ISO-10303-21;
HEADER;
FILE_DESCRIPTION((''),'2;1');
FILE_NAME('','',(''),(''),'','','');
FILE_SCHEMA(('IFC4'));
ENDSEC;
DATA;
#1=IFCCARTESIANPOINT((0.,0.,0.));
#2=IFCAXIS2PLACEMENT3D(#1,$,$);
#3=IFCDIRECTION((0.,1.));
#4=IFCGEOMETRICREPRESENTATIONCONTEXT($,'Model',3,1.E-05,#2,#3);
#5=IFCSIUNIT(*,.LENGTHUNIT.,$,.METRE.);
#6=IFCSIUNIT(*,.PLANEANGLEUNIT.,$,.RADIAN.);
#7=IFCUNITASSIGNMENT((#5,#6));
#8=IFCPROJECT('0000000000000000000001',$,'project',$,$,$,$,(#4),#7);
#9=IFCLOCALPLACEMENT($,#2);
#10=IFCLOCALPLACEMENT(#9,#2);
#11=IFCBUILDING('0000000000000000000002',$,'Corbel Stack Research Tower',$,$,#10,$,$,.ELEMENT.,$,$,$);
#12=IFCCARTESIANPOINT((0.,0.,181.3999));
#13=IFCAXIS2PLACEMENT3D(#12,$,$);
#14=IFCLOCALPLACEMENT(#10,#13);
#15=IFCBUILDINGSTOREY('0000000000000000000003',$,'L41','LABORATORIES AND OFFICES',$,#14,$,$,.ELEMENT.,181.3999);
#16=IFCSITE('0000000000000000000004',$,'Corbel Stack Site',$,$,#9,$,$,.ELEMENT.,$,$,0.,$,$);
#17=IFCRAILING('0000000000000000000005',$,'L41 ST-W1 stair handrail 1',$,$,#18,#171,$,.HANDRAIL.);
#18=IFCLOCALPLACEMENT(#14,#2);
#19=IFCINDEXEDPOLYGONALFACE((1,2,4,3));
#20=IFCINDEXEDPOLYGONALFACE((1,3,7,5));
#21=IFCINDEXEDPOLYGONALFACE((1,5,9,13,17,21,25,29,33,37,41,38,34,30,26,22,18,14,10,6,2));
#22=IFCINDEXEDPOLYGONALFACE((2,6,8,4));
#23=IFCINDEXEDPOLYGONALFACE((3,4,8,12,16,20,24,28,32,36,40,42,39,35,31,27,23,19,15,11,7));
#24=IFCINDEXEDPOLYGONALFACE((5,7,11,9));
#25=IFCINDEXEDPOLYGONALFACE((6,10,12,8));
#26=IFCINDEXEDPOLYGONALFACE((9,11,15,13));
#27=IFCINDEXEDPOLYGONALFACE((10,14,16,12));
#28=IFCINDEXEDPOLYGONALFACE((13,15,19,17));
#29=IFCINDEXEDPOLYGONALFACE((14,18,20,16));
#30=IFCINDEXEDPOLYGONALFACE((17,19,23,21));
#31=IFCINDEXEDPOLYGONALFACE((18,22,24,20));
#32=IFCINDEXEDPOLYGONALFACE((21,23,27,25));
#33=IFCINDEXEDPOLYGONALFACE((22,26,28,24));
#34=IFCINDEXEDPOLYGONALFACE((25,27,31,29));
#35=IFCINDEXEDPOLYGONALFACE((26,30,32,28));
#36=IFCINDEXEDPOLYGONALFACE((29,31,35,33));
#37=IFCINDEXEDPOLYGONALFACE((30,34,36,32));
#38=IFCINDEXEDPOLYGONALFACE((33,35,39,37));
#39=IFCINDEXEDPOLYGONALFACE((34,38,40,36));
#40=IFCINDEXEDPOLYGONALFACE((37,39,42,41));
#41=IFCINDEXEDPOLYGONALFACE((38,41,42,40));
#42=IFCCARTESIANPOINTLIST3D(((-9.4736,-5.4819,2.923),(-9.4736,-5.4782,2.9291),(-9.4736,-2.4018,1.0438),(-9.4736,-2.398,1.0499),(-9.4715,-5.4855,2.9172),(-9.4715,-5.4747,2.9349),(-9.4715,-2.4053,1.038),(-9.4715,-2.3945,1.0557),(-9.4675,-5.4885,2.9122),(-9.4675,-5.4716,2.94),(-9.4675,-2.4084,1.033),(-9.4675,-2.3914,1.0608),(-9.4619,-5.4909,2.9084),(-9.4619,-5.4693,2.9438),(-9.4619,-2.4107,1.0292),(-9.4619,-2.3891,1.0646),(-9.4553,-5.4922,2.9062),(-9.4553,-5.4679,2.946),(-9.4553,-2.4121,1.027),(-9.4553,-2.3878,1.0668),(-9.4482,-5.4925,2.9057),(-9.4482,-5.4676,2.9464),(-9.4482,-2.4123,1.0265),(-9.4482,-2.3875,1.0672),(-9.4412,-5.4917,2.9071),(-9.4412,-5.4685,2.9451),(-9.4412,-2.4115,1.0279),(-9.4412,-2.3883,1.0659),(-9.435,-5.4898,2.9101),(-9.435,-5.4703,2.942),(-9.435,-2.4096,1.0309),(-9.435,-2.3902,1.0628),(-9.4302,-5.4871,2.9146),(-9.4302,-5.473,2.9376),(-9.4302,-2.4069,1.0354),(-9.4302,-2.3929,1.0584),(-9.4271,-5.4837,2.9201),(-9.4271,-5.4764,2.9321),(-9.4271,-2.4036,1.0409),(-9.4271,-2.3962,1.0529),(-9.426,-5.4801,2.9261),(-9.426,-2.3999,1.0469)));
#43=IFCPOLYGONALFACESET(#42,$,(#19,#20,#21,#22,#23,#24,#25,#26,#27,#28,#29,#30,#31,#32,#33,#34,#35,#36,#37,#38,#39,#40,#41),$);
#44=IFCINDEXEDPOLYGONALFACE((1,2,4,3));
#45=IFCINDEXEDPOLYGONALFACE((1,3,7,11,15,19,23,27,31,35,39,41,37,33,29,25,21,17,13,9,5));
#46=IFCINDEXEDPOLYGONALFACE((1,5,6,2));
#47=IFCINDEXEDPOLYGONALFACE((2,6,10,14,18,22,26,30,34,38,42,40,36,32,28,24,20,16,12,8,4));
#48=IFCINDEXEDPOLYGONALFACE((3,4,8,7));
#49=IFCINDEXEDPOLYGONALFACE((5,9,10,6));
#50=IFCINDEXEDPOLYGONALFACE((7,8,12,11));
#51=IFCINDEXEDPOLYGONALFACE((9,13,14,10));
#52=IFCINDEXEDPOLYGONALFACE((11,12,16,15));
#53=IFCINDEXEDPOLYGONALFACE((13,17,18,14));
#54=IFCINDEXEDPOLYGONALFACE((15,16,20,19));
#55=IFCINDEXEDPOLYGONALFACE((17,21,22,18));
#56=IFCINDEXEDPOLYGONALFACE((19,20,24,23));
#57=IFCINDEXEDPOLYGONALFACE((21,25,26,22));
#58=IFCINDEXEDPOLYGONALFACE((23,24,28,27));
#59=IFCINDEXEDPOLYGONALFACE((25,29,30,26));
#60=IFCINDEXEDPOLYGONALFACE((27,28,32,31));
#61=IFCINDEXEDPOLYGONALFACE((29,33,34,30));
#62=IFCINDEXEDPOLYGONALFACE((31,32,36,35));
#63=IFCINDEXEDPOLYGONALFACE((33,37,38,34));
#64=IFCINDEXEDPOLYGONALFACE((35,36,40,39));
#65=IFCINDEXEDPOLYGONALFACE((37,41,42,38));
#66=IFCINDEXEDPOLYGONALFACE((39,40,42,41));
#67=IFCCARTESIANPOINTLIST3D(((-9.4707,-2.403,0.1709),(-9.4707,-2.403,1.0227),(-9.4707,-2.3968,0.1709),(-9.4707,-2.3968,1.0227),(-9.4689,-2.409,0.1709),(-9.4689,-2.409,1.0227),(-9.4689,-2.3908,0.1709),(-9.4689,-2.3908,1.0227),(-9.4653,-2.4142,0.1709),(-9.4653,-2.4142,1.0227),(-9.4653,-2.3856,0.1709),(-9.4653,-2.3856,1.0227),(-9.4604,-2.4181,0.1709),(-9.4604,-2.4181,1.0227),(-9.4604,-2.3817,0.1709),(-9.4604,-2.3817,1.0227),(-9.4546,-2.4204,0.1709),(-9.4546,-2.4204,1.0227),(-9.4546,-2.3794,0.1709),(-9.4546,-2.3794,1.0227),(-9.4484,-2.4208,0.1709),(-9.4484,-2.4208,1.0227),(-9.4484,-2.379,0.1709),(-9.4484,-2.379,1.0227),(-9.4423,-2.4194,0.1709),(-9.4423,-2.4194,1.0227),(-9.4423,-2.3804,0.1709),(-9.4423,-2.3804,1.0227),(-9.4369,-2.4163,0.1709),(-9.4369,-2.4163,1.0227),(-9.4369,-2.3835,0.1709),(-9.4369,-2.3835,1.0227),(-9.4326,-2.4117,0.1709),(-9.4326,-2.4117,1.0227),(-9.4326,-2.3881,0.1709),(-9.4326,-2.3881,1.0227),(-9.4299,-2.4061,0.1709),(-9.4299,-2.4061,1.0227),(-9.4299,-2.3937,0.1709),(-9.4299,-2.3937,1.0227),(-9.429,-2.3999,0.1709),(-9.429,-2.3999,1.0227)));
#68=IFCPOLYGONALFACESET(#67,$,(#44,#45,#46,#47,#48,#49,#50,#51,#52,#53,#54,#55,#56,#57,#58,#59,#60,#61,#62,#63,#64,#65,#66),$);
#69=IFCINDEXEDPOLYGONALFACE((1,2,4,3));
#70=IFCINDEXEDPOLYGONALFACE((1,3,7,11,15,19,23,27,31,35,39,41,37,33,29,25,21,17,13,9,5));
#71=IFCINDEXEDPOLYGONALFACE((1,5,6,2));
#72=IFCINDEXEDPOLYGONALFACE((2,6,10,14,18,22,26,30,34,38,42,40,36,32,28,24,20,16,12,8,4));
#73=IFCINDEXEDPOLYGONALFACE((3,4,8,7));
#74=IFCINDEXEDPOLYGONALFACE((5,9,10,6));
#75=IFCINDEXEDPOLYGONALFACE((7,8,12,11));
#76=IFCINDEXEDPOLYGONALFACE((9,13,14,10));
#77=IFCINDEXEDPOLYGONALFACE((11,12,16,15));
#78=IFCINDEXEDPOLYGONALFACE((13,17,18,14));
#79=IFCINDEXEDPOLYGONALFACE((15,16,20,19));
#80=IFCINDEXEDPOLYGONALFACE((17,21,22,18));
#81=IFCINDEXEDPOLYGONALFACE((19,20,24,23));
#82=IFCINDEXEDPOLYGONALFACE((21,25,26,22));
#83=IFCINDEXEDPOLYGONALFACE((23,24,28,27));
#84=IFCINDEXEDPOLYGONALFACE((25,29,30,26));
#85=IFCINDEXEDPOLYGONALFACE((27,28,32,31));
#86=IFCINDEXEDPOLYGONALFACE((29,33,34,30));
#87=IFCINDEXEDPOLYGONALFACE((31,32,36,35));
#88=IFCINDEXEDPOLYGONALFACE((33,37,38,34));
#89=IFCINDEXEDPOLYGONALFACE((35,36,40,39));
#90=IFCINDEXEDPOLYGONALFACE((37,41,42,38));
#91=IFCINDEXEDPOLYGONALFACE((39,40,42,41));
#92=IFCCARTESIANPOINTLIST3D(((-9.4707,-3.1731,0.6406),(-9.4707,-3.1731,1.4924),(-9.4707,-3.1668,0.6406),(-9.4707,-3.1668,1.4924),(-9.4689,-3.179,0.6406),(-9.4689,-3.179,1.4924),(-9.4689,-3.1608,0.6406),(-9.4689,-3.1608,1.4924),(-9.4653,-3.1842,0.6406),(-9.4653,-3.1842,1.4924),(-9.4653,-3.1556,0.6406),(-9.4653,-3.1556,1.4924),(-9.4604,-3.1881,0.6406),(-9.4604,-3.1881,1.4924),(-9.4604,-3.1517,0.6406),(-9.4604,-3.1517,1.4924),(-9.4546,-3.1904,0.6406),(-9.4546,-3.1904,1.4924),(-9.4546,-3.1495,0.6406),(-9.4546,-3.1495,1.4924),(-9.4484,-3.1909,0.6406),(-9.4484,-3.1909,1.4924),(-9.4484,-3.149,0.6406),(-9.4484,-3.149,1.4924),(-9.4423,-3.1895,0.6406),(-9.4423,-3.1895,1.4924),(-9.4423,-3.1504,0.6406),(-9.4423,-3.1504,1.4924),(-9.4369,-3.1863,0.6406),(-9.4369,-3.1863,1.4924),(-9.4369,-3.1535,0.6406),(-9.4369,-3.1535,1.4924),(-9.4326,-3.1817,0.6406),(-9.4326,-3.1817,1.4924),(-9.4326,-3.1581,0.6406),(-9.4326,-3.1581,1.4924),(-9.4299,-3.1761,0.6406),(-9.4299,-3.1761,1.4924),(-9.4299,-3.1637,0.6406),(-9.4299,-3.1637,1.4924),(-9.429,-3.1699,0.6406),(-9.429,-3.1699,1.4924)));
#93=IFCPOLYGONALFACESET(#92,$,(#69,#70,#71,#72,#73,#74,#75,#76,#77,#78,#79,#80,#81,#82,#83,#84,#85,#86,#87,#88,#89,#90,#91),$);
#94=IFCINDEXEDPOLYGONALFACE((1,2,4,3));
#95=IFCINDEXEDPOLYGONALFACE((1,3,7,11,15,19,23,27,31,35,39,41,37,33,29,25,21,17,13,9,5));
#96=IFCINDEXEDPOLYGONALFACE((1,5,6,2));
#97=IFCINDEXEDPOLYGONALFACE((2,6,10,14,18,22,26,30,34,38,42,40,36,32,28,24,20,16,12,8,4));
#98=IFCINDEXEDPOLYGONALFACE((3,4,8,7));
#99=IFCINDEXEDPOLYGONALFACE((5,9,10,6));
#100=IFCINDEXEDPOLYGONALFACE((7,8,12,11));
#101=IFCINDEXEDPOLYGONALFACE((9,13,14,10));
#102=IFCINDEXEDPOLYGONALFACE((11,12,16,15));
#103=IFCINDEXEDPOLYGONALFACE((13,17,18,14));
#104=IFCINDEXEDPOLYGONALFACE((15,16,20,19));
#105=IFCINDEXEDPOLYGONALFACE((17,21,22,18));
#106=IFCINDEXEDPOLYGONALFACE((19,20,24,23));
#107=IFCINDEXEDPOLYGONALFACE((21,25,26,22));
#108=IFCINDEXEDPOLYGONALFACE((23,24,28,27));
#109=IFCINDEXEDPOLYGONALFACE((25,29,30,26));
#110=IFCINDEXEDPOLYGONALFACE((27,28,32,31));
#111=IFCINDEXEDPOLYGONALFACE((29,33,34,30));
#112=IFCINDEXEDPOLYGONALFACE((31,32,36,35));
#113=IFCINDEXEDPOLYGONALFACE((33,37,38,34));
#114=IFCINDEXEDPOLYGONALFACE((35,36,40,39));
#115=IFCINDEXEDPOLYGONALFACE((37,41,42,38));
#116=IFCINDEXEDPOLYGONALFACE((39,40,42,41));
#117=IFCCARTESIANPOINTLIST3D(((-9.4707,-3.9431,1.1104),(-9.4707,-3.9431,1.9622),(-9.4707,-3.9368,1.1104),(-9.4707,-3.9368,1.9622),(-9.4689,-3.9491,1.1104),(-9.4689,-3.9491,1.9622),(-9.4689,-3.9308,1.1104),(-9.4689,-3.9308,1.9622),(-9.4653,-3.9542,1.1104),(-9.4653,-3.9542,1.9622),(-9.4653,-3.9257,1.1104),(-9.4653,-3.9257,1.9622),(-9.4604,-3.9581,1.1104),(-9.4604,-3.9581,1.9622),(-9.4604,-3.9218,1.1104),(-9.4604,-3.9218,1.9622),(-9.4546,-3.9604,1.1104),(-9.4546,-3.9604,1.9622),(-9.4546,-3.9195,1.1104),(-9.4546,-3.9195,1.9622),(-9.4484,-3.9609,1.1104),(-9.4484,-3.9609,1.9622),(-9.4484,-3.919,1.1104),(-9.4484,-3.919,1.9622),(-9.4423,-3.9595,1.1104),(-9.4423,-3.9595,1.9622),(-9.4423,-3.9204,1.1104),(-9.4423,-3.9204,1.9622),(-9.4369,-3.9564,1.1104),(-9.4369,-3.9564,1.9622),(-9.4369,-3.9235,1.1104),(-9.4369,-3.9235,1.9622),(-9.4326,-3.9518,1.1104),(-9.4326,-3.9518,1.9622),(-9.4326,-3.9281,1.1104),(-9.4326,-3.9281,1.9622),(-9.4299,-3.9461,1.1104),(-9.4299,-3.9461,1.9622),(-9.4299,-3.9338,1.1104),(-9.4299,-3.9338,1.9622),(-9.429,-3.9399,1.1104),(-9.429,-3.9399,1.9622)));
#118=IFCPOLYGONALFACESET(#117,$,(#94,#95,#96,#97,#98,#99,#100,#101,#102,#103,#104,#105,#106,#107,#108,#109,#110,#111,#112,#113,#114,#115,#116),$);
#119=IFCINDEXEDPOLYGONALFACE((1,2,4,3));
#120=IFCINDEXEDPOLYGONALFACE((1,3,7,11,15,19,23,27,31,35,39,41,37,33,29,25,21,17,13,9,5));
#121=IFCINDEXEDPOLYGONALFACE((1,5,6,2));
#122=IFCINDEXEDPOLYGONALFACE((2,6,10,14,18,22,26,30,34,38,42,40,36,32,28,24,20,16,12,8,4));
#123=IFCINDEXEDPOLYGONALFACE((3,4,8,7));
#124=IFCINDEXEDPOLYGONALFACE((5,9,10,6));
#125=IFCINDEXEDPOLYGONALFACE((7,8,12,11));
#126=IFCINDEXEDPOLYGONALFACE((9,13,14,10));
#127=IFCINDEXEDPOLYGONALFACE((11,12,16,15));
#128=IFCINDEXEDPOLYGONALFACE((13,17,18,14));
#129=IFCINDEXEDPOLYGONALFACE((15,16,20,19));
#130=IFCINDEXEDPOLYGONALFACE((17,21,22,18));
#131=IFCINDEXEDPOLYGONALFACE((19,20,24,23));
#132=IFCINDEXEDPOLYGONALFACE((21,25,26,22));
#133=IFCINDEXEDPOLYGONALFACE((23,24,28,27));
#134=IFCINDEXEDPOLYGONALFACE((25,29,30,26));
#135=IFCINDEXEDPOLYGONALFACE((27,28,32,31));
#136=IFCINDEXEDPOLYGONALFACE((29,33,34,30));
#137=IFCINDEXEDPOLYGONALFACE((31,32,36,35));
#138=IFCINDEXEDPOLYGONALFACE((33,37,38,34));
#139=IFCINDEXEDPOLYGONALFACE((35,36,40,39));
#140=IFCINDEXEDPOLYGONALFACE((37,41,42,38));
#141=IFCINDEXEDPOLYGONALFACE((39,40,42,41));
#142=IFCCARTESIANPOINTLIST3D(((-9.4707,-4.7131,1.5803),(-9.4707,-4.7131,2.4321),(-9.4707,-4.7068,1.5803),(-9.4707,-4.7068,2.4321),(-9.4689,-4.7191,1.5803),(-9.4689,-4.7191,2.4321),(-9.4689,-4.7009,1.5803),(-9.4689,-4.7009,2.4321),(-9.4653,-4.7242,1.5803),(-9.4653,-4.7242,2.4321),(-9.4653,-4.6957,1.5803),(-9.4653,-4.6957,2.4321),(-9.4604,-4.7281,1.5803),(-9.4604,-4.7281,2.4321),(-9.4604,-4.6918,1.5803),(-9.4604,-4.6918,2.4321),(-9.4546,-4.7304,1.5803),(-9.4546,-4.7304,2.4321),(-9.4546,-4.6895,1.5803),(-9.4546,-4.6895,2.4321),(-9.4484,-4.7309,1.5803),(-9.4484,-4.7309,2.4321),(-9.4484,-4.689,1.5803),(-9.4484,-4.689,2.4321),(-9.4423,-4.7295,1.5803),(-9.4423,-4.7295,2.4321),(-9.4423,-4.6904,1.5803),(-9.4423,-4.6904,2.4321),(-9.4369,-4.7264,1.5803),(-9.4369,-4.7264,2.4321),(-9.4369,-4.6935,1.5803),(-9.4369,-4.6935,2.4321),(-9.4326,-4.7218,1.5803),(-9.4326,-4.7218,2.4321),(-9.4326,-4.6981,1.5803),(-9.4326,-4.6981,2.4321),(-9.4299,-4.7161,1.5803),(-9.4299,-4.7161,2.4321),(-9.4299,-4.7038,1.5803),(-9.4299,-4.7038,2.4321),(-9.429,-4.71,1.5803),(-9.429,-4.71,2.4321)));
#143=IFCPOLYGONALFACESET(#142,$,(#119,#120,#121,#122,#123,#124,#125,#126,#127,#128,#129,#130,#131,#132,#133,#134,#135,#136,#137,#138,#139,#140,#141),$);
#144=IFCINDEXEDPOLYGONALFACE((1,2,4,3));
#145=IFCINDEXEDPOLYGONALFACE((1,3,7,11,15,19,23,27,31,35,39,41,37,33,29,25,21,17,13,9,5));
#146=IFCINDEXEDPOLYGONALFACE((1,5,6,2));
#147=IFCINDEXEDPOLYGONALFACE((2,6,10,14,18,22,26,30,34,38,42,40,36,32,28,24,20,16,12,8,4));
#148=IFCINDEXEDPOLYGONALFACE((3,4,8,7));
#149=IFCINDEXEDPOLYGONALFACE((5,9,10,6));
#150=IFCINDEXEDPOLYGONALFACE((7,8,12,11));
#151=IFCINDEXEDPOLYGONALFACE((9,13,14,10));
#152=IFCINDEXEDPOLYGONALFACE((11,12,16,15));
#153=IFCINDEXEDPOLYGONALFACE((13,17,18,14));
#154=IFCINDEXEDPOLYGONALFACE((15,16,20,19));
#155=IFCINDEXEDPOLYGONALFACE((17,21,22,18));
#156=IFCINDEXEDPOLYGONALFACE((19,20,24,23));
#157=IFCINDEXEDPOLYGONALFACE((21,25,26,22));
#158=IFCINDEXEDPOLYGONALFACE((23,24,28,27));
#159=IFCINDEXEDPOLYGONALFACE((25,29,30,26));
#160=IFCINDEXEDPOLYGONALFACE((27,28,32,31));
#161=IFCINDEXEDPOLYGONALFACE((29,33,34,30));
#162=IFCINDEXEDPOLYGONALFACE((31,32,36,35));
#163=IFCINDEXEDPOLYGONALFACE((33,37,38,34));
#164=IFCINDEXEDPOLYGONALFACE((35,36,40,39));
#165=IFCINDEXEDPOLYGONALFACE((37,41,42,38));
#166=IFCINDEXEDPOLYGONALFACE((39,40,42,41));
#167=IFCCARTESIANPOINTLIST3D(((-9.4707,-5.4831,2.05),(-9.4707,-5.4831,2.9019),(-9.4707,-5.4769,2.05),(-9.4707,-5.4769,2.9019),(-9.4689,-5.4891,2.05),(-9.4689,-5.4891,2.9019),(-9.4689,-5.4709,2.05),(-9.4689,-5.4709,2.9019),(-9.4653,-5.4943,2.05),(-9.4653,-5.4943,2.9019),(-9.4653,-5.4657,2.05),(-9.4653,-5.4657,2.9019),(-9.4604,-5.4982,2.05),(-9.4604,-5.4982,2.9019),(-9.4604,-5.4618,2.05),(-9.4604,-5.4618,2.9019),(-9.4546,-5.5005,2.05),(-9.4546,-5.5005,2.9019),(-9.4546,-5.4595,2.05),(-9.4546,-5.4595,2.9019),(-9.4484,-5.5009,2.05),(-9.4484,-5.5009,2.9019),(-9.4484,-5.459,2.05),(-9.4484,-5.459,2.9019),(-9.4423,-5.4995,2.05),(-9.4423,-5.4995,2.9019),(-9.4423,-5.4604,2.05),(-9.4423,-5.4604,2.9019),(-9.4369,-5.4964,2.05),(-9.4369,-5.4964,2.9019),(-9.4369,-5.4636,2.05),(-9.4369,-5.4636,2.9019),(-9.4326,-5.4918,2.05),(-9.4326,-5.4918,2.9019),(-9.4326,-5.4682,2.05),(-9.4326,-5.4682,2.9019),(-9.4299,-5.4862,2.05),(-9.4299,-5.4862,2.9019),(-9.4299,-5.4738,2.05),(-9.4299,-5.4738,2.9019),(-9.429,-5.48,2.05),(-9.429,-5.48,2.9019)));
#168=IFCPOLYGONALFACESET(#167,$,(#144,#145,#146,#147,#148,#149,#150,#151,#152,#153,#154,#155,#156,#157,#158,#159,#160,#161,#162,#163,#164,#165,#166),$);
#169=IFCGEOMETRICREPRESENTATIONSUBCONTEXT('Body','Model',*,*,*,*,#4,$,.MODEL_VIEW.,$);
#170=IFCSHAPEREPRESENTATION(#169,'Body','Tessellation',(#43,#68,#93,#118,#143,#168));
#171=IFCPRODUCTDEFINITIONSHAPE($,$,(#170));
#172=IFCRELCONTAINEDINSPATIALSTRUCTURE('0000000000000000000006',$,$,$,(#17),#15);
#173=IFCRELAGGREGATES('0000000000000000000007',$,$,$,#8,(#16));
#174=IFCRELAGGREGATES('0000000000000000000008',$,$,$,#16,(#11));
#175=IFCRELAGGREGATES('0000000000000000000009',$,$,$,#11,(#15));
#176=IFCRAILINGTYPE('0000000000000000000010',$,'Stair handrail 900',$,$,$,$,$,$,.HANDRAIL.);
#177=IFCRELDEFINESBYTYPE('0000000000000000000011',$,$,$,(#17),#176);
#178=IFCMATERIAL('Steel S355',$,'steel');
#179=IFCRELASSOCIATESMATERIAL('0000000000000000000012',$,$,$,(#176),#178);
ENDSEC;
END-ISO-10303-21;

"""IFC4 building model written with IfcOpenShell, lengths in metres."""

from ifc_helpers import new_model, si_unit, direction, frame, origin, origin_2d, place, context, subcontext, project, spatial, circle, extrude, material, type_object, element, save


model = new_model("IFC4")

# Units and contexts
model_context = context("Model", 3, precision=1e-05, world=origin(), true_north=direction((0.0, 1.0)))
body_context = subcontext(model_context, "Body", "Model", "MODEL_VIEW")
ifc_project = project(units=[si_unit("LENGTHUNIT", "METRE"), si_unit("PLANEANGLEUNIT", "RADIAN")], contexts=[model_context])

# Site, building, storey
site_placement = place(None, origin())
site = spatial("IfcSite", under=ifc_project, at=site_placement, Name="Corbel Stack Site", CompositionType="ELEMENT", RefElevation=0.0)
building_placement = place(site_placement, origin())
building = spatial("IfcBuilding", under=site, at=building_placement, Name="Corbel Stack Research Tower", CompositionType="ELEMENT")
storey_placement = place(building_placement, frame((0.0, 0.0, 181.3999)))
storey = spatial("IfcBuildingStorey", under=building, at=storey_placement, Name="L41", Description="LABORATORIES AND OFFICES", CompositionType="ELEMENT", Elevation=181.3999)

# Railing
ifc_material_1 = material(Name="Steel S355", Category="steel")
railing_type_1 = type_object("IfcRailingType", Name="Stair handrail 900", PredefinedType="HANDRAIL", material=ifc_material_1)
railing_1_placement = place(storey_placement, frame((-9.45, -2.3999, 0.1709)))
element("IfcRailing", 1, at=railing_1_placement, inside=storey, type_object=railing_type_1, Name="L41 ST-W1 stair handrail 1", PredefinedType="HANDRAIL", context=body_context, shape_type="SweptSolid", body=[
    extrude(circle(Radius=0.0239, at=origin_2d()), frame((0.0, 0.0, 0.876), z_axis=(0.0, -0.853666, 0.52082), x_axis=(1.0, 0.0, 0.0)), (0.0, 0.0, 1.0), 3.6082),
    extrude(circle(Radius=0.021, at=origin_2d()), origin(), (0.0, 0.0, 1.0), 0.8518),
    extrude(circle(Radius=0.021, at=origin_2d()), frame((0.0, -0.77, 0.4697)), (0.0, 0.0, 1.0), 0.8518),
    extrude(circle(Radius=0.021, at=origin_2d()), frame((0.0, -1.54, 0.9395)), (0.0, 0.0, 1.0), 0.8518),
    extrude(circle(Radius=0.021, at=origin_2d()), frame((0.0, -2.3101, 1.4094)), (0.0, 0.0, 1.0), 0.8518),
    extrude(circle(Radius=0.021, at=origin_2d()), frame((0.0, -3.0801, 1.8792)), (0.0, 0.0, 1.0), 0.8518),
])

save(model, "model.ifc")
